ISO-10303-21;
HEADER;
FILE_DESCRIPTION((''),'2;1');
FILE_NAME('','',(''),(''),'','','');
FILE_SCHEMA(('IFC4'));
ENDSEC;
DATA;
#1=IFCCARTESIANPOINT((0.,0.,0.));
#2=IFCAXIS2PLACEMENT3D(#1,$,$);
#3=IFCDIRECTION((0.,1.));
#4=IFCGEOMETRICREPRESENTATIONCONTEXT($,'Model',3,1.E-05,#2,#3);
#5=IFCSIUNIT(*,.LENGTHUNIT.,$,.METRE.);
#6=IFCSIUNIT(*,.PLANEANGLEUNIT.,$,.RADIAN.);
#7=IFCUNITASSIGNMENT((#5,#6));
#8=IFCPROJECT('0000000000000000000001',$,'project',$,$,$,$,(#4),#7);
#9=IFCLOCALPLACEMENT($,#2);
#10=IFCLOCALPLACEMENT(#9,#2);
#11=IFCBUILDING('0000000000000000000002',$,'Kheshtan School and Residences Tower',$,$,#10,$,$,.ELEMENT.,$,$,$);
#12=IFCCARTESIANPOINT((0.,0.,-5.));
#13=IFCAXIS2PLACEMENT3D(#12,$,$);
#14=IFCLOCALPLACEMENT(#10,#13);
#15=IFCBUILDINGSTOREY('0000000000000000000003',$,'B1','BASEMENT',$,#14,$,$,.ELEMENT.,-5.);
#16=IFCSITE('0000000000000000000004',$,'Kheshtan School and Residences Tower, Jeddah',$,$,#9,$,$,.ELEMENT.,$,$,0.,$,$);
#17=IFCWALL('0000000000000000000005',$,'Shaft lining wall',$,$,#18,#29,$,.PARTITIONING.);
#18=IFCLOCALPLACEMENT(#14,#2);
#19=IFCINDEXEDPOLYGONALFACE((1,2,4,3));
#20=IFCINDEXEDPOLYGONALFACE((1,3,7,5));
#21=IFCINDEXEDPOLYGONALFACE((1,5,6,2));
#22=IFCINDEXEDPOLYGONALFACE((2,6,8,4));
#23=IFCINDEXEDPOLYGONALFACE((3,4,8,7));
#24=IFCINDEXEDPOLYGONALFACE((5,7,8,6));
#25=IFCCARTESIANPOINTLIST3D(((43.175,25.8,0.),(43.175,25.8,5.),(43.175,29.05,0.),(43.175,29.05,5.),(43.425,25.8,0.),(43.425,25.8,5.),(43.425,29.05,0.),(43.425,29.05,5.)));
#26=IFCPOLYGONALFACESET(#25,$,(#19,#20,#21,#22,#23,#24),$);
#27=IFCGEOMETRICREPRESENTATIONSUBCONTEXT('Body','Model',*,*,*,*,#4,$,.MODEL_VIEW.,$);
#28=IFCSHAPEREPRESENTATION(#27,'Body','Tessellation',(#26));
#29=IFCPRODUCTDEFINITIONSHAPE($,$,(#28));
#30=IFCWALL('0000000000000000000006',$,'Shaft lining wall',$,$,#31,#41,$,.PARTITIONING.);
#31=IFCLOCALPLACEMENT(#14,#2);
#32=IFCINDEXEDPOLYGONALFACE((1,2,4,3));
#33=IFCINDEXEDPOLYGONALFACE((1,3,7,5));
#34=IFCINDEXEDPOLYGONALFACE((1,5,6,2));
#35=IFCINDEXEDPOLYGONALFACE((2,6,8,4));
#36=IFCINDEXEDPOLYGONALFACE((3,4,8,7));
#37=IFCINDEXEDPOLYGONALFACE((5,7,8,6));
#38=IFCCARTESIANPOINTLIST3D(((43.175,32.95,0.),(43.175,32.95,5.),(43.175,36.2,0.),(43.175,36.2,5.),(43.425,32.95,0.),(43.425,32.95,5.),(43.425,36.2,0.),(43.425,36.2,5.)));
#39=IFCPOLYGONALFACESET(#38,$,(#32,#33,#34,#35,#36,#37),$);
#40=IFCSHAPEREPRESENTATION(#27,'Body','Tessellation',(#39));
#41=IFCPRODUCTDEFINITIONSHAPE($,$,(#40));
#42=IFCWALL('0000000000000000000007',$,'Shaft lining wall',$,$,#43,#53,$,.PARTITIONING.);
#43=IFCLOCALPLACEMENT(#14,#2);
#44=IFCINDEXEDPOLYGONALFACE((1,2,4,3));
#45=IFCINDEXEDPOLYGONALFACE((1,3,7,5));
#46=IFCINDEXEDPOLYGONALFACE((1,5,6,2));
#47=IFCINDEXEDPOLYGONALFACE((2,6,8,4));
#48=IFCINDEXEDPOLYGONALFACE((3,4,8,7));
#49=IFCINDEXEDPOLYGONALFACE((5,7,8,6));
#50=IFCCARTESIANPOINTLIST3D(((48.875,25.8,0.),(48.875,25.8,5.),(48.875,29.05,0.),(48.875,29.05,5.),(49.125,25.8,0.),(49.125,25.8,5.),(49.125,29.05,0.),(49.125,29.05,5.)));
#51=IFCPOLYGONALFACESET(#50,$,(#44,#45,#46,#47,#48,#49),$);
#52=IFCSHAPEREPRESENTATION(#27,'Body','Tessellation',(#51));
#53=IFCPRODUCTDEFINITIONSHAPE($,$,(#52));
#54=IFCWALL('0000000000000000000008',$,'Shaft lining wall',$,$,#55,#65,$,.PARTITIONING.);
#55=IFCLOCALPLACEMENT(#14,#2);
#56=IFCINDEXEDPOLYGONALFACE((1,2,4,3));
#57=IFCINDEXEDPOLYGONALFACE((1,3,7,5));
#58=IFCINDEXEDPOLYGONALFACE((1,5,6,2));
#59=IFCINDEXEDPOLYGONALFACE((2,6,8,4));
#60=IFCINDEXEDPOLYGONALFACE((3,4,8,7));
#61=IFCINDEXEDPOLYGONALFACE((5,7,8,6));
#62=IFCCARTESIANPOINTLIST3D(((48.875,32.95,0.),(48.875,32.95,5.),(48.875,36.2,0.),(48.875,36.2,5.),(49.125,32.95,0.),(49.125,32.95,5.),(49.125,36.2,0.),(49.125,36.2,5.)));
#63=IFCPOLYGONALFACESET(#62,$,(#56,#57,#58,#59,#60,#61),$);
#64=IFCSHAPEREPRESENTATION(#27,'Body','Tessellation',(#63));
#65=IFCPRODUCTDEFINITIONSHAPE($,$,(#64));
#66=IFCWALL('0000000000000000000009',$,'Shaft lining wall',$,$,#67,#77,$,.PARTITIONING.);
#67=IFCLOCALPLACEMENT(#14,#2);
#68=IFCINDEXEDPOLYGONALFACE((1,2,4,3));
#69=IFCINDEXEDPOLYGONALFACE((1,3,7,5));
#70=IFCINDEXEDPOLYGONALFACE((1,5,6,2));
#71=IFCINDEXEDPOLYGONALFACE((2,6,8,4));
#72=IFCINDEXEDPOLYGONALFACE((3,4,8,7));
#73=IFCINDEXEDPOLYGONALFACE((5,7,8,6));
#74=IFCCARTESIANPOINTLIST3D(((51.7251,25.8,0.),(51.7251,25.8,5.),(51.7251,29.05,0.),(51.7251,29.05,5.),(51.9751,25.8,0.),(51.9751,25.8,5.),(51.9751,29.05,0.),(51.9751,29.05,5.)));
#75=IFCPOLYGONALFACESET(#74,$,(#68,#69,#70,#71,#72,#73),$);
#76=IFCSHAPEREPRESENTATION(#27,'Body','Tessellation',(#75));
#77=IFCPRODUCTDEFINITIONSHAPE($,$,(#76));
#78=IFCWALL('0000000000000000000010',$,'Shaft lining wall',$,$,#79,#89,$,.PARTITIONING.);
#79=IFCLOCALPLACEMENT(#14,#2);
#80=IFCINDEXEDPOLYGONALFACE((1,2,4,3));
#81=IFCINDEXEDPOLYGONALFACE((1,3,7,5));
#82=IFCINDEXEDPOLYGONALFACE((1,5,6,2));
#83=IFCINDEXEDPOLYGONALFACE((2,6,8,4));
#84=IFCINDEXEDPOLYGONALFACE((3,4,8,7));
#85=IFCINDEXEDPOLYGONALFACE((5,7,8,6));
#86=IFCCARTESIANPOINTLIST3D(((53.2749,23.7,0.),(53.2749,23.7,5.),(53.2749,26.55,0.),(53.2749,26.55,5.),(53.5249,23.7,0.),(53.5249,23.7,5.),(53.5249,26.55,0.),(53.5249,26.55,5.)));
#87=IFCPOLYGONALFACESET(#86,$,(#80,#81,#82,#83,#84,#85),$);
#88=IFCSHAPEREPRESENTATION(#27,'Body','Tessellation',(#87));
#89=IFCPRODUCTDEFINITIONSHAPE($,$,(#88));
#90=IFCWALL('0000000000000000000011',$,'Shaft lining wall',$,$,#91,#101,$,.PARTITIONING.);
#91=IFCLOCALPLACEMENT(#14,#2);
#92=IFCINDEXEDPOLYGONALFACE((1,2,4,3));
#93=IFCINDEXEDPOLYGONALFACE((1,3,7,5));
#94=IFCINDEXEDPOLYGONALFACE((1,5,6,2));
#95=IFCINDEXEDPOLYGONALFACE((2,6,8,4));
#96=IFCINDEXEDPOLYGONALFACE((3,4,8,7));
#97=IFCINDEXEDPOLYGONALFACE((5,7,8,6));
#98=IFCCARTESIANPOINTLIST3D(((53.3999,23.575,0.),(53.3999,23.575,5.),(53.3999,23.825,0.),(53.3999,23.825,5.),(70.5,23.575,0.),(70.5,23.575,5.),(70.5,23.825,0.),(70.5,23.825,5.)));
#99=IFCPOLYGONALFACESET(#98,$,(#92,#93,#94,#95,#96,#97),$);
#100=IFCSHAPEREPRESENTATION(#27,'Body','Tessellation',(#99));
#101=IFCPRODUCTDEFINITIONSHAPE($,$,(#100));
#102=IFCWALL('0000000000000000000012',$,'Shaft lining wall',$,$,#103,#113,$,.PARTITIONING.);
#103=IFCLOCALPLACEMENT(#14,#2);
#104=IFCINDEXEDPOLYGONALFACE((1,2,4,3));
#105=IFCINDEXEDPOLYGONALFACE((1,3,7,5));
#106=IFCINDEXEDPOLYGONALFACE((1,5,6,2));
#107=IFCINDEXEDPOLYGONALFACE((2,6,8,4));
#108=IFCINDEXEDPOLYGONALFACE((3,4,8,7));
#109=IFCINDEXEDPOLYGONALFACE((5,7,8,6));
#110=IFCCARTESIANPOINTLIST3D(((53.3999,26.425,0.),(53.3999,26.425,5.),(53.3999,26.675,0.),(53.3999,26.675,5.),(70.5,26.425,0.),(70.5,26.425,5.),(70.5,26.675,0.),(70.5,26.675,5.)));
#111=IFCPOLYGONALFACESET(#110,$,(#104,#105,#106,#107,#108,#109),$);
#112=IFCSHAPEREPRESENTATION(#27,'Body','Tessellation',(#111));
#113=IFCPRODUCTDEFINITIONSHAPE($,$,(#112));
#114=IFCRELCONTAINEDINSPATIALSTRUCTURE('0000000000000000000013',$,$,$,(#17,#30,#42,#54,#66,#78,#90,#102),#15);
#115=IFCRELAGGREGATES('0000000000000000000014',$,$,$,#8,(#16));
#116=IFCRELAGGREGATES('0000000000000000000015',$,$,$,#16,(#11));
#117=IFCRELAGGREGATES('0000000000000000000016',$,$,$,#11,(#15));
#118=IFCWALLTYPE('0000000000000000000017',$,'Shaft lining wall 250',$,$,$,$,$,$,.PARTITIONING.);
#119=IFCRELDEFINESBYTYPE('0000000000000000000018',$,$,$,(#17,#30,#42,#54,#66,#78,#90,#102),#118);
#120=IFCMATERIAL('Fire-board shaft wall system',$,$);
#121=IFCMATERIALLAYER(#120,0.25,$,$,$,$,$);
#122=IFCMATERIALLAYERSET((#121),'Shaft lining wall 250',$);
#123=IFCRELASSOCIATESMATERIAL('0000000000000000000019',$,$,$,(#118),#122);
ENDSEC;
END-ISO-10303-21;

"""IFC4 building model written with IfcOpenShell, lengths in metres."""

from ifc_helpers import new_model, si_unit, direction, frame, frame_2d, origin, place, context, subcontext, project, spatial, rectangle, extrude, material, layer, layer_set, type_object, element, save


model = new_model("IFC4")

# Units and contexts
model_context = context("Model", 3, precision=1e-05, world=origin(), true_north=direction((0.0, 1.0)))
body_context = subcontext(model_context, "Body", "Model", "MODEL_VIEW")
ifc_project = project(units=[si_unit("LENGTHUNIT", "METRE"), si_unit("PLANEANGLEUNIT", "RADIAN")], contexts=[model_context])

# Site, building, storey
site_placement = place(None, origin())
site = spatial("IfcSite", under=ifc_project, at=site_placement, Name="Kheshtan School and Residences Tower, Jeddah", CompositionType="ELEMENT", RefElevation=0.0)
building_placement = place(site_placement, origin())
building = spatial("IfcBuilding", under=site, at=building_placement, Name="Kheshtan School and Residences Tower", CompositionType="ELEMENT")
storey_placement = place(building_placement, frame((0.0, 0.0, -5.0)))
storey = spatial("IfcBuildingStorey", under=building, at=storey_placement, Name="B1", Description="BASEMENT", CompositionType="ELEMENT", Elevation=-5.0)

# Walls
ifc_material_1 = material(Name="Fire-board shaft wall system")
ifc_layer_1 = layer(ifc_material_1, 0.25)
ifc_layer_set_1 = layer_set([ifc_layer_1], Name="Shaft lining wall 250")
wall_type_1 = type_object("IfcWallType", Name="Shaft lining wall 250", PredefinedType="PARTITIONING", material=ifc_layer_set_1)
for number, where, z_axis, x_axis, name in (
    (1, (43.3, 25.8, 0.0), (0.0, 0.0, 1.0), (0.0, 1.0, 0.0), "Shaft lining wall"),
    (2, (43.3, 32.95, 0.0), (0.0, 0.0, 1.0), (0.0, 1.0, 0.0), "Shaft lining wall"),
    (3, (49.0, 25.8, 0.0), (0.0, 0.0, 1.0), (0.0, 1.0, 0.0), "Shaft lining wall"),
    (4, (49.0, 32.95, 0.0), (0.0, 0.0, 1.0), (0.0, 1.0, 0.0), "Shaft lining wall"),
    (5, (51.8501, 25.8, 0.0), (0.0, 0.0, 1.0), (0.0, 1.0, 0.0), "Shaft lining wall"),
):
    element("IfcWall", number, at=place(storey_placement, frame(where, z_axis=z_axis, x_axis=x_axis)), inside=storey, type_object=wall_type_1, Name=name, PredefinedType="PARTITIONING", context=body_context, shape_type="SweptSolid", body=[
        extrude(rectangle(XDim=3.25, YDim=0.25, at=frame_2d((1.625, 0.0))), origin(), (0.0, 0.0, 1.0), 5.0),
    ])
wall_1_placement = place(storey_placement, frame((53.3999, 23.7, 0.0), z_axis=(0.0, 0.0, 1.0), x_axis=(0.0, 1.0, 0.0)))
element("IfcWall", 6, at=wall_1_placement, inside=storey, type_object=wall_type_1, Name="Shaft lining wall", PredefinedType="PARTITIONING", context=body_context, shape_type="SweptSolid", body=[
    extrude(rectangle(XDim=2.8501, YDim=0.25, at=frame_2d((1.425, 0.0))), origin(), (0.0, 0.0, 1.0), 5.0),
])
for number, where, z_axis, x_axis, name in (
    (7, (53.3999, 23.7, 0.0), (0.0, 0.0, 1.0), (1.0, 0.0, 0.0), "Shaft lining wall"),
    (8, (53.3999, 26.55, 0.0), (0.0, 0.0, 1.0), (1.0, 0.0, 0.0), "Shaft lining wall"),
):
    element("IfcWall", number, at=place(storey_placement, frame(where, z_axis=z_axis, x_axis=x_axis)), inside=storey, type_object=wall_type_1, Name=name, PredefinedType="PARTITIONING", context=body_context, shape_type="SweptSolid", body=[
        extrude(rectangle(XDim=17.1001, YDim=0.25, at=frame_2d((8.55, 0.0))), origin(), (0.0, 0.0, 1.0), 5.0),
    ])

save(model, "model.ifc")
